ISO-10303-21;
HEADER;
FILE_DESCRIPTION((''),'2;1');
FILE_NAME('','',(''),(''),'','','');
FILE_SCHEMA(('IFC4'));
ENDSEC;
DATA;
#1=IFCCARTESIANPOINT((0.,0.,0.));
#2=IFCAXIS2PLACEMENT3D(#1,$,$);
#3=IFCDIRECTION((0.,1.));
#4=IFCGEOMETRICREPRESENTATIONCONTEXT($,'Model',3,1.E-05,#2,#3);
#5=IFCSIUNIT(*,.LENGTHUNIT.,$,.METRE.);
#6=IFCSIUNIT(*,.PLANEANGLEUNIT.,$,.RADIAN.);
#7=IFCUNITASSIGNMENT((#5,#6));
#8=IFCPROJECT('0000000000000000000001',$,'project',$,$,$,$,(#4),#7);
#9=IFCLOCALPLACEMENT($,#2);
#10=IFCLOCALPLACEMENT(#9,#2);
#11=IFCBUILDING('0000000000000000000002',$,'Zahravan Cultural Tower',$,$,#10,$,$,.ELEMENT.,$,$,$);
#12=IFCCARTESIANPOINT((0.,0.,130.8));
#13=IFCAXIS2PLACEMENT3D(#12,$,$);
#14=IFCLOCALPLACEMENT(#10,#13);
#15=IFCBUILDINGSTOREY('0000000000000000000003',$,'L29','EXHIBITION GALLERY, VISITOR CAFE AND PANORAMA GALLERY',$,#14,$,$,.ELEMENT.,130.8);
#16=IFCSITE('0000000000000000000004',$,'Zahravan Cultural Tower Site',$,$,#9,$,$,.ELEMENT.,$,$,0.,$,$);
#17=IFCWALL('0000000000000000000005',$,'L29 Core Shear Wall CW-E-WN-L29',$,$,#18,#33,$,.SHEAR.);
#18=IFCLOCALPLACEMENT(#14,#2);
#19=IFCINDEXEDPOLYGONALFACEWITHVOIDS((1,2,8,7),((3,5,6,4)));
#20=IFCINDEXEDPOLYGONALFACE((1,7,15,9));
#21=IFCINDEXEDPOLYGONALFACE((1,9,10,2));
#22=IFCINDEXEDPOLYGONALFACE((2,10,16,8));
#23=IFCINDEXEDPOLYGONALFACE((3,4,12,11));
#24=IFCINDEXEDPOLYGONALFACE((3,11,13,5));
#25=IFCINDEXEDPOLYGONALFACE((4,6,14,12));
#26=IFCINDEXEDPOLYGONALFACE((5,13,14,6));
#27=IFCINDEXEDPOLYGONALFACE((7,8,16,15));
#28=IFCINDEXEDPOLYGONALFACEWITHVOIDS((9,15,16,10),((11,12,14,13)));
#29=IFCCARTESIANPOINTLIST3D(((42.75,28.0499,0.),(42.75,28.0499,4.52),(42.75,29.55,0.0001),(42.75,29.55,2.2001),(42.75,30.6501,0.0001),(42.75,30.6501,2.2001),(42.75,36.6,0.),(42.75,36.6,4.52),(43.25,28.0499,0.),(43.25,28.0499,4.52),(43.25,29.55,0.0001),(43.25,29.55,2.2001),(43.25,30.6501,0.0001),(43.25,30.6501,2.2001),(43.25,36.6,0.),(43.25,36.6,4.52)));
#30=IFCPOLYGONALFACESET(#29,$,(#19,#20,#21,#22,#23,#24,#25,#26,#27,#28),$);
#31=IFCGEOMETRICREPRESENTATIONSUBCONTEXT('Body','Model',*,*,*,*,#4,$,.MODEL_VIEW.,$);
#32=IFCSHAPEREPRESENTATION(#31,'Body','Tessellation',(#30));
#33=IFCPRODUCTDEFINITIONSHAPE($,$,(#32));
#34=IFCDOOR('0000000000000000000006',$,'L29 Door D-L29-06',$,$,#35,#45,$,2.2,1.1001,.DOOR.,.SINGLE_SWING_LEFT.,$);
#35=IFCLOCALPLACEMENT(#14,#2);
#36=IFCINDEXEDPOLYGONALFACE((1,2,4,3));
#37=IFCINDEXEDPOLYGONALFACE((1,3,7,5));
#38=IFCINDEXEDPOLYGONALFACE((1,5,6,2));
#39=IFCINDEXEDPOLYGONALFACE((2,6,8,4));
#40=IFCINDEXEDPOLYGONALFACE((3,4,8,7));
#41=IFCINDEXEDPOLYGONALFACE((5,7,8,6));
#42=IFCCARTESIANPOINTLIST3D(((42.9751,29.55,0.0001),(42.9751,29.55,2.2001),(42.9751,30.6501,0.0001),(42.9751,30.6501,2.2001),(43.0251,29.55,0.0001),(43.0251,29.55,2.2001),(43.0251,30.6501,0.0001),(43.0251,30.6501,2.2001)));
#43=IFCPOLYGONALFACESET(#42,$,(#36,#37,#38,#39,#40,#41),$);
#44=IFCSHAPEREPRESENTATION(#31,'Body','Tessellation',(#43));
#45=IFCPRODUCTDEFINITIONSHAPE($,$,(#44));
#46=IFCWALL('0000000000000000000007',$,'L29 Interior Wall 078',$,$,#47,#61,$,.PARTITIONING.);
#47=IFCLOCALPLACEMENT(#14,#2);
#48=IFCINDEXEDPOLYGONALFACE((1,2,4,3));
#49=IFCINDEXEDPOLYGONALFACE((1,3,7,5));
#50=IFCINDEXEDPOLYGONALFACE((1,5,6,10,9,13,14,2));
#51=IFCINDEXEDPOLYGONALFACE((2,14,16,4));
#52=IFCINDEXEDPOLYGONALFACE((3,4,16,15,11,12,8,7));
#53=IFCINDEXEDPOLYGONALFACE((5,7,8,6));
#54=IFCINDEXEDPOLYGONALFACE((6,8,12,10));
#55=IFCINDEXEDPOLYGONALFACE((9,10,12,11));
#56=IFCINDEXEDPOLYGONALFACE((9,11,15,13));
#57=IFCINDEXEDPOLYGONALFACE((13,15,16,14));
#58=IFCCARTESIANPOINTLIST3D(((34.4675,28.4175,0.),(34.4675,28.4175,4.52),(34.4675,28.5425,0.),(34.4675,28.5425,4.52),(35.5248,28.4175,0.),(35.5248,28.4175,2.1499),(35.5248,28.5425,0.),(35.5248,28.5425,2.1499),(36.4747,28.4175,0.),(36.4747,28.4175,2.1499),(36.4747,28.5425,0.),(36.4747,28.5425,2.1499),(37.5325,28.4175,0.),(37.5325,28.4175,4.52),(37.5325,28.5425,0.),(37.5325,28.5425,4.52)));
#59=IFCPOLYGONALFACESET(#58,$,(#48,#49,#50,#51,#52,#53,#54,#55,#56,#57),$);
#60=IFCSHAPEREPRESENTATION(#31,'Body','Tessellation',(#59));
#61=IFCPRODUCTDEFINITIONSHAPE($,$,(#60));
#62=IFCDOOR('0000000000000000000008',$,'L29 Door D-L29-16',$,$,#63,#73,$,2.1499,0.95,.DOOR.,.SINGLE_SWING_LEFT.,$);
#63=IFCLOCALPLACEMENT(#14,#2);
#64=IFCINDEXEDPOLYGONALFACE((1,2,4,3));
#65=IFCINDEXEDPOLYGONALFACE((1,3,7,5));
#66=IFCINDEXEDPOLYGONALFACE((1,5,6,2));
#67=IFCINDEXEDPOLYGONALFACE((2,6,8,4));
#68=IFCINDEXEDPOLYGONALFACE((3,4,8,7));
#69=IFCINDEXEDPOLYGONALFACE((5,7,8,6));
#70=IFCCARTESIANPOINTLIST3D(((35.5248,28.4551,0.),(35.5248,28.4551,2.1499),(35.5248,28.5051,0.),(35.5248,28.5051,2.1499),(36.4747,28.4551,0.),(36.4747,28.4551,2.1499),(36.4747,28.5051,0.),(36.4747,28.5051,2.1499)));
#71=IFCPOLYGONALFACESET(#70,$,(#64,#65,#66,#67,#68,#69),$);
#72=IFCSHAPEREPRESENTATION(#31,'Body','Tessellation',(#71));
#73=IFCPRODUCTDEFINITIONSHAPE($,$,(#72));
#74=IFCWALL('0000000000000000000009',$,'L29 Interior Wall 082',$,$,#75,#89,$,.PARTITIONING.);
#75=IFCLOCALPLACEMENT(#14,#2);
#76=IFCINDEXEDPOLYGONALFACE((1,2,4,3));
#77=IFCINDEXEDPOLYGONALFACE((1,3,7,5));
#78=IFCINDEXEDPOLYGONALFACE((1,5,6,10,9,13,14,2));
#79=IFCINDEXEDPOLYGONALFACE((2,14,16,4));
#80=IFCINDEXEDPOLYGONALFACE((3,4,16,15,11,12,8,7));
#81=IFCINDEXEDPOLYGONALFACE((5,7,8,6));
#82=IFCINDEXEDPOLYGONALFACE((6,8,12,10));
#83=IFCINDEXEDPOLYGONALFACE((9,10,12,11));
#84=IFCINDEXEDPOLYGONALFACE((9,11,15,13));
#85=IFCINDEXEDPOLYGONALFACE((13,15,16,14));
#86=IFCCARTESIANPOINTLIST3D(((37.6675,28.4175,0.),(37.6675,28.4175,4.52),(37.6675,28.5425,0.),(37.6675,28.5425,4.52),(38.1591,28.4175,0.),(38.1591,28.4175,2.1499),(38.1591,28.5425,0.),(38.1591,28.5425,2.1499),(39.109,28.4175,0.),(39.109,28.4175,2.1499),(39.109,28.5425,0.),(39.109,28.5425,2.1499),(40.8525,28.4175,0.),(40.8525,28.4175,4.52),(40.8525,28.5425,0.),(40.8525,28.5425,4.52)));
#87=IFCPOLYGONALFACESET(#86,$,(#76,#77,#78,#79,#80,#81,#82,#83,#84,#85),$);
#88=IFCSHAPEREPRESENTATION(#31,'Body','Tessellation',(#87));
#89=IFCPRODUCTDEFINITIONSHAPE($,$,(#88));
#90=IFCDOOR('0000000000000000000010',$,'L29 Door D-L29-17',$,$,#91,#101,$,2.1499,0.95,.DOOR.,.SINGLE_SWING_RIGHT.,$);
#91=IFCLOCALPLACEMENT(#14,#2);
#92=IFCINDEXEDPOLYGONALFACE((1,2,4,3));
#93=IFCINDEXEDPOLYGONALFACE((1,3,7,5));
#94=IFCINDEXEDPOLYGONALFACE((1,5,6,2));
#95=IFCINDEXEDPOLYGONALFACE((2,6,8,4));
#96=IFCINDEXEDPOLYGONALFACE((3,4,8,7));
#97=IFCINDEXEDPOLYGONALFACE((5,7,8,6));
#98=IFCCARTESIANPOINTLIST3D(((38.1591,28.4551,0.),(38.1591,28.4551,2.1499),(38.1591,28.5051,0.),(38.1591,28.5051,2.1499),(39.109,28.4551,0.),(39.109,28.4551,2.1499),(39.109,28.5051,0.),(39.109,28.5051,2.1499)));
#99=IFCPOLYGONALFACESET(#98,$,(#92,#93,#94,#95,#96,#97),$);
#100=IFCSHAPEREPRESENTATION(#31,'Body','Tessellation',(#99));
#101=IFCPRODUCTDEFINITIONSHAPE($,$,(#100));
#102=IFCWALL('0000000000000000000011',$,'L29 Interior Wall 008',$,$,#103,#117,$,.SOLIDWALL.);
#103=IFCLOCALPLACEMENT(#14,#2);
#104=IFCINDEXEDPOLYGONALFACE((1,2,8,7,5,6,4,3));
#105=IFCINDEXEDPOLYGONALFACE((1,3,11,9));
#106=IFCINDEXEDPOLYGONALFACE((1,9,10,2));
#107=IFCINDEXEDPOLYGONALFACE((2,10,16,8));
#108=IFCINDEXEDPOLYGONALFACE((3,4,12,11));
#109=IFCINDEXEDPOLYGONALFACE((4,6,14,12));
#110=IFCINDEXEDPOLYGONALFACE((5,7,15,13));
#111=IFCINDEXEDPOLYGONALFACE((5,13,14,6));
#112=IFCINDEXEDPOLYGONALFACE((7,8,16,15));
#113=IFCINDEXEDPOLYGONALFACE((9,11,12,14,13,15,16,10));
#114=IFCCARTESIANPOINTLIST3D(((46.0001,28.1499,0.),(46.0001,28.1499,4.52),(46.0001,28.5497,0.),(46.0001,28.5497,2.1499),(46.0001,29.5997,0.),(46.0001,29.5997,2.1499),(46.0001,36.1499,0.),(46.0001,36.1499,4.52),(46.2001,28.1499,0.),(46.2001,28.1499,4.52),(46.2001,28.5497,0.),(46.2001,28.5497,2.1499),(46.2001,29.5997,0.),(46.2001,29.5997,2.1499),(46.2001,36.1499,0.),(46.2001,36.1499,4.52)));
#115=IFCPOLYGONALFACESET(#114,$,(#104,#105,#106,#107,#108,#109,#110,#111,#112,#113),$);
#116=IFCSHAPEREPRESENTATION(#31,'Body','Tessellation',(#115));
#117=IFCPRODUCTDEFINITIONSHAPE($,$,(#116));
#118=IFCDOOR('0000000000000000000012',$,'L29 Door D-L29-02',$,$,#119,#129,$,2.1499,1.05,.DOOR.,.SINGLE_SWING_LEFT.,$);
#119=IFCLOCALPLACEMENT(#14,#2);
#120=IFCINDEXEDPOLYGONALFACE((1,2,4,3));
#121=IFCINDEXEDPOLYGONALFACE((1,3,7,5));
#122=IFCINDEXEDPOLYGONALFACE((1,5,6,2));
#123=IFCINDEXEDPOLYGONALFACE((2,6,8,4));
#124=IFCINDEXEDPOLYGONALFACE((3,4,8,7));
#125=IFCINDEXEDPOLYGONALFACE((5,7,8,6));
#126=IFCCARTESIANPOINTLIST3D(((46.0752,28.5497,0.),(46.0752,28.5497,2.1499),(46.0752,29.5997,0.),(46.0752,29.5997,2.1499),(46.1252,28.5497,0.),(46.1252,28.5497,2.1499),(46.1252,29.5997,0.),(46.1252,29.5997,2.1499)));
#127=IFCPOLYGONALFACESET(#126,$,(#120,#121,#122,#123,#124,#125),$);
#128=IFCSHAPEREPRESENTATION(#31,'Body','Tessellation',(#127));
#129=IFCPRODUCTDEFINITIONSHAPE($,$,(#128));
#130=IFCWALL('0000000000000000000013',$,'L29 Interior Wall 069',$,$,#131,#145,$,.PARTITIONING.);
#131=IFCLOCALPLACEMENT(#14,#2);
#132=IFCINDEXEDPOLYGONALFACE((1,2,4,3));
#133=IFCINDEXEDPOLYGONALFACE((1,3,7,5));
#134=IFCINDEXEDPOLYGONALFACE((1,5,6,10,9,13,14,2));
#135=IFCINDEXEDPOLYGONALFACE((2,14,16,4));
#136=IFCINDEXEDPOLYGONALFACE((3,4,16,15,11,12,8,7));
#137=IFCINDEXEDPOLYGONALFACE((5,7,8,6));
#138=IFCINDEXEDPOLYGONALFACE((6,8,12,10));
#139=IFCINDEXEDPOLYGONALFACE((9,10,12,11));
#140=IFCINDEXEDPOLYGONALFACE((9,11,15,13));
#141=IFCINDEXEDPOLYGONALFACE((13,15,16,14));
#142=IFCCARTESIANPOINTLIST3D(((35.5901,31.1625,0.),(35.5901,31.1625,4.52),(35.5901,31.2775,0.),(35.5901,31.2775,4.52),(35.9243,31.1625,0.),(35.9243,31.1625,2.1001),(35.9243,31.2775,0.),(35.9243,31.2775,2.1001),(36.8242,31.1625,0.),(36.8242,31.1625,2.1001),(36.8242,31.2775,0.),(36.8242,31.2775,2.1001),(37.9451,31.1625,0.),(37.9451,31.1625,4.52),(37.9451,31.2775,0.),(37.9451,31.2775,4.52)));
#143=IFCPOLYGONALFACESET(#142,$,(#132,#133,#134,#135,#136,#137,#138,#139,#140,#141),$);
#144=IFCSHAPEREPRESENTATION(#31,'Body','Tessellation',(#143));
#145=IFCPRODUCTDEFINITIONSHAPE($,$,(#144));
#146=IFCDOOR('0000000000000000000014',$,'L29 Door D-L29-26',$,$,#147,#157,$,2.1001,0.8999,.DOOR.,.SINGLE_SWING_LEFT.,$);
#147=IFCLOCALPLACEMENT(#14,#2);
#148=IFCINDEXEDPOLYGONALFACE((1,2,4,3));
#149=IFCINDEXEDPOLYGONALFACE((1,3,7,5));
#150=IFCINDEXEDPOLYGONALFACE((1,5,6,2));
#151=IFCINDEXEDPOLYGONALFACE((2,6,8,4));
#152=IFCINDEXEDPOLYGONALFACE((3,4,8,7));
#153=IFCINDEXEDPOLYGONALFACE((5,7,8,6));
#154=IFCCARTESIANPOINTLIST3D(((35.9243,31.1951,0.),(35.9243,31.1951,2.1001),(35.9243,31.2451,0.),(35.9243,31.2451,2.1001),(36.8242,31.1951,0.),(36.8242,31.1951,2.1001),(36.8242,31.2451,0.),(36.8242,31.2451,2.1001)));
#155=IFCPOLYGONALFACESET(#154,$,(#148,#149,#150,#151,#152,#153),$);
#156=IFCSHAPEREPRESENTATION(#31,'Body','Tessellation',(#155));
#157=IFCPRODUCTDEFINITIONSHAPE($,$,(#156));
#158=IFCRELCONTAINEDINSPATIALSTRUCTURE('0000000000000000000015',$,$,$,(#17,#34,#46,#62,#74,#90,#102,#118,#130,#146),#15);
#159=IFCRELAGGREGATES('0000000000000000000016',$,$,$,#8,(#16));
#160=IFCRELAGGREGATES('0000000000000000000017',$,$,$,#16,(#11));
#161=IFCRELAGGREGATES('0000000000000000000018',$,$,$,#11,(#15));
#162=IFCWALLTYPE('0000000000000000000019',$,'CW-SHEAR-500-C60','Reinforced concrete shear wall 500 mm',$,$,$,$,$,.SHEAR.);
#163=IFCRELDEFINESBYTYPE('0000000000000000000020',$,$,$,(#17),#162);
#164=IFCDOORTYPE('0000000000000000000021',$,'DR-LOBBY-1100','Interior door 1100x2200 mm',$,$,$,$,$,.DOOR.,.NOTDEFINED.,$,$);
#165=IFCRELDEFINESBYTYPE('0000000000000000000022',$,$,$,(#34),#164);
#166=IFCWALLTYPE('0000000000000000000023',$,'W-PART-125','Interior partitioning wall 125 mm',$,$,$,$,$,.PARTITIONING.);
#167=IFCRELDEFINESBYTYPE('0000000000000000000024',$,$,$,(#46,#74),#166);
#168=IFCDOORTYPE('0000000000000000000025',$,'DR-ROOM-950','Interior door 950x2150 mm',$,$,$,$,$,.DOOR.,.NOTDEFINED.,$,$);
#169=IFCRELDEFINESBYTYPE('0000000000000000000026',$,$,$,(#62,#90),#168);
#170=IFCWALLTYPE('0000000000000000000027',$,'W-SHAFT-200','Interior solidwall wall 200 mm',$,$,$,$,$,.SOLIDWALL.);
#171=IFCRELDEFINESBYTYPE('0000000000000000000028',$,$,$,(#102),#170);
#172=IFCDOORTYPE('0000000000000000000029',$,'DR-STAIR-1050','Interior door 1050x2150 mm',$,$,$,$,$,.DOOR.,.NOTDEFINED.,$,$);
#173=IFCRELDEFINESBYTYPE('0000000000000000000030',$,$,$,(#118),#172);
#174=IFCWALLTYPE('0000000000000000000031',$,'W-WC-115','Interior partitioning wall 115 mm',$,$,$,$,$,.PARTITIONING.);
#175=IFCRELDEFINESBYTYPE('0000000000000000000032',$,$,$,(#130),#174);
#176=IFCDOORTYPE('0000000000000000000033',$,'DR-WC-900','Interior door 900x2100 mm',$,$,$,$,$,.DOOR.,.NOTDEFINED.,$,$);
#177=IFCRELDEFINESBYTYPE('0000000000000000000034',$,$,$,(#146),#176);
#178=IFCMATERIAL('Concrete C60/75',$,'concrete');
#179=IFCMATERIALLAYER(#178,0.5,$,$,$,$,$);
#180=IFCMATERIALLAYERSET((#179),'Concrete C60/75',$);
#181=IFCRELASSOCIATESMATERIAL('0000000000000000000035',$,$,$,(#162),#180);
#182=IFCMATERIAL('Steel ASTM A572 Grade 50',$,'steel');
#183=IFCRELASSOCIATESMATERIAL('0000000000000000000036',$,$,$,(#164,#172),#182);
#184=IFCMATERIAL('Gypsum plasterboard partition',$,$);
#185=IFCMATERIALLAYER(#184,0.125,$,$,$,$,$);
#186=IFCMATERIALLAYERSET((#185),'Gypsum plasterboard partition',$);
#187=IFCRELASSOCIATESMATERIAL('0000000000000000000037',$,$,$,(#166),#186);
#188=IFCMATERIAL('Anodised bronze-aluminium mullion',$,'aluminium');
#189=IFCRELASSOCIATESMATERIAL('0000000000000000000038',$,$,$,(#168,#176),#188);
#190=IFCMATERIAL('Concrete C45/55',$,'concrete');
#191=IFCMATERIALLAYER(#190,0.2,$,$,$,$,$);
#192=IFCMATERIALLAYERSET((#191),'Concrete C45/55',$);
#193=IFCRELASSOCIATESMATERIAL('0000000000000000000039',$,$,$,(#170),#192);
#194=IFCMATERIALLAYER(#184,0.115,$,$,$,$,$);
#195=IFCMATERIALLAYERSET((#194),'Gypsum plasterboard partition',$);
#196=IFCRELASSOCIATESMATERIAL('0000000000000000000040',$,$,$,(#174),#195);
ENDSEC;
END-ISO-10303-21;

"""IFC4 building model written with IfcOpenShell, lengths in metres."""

from ifc_helpers import new_model, si_unit, direction, frame, frame_2d, origin, place, context, subcontext, project, spatial, rectangle, extrude, source, transform, mapped, material, layer, layer_set, type_object, element, fill, save


model = new_model("IFC4")

# Units and contexts
model_context = context("Model", 3, precision=1e-05, world=origin(), true_north=direction((0.0, 1.0)))
body_context = subcontext(model_context, "Body", "Model", "MODEL_VIEW")
ifc_project = project(units=[si_unit("LENGTHUNIT", "METRE"), si_unit("PLANEANGLEUNIT", "RADIAN")], contexts=[model_context])

# Site, building, storey
site_placement = place(None, origin())
site = spatial("IfcSite", under=ifc_project, at=site_placement, Name="Zahravan Cultural Tower Site", CompositionType="ELEMENT", RefElevation=0.0)
building_placement = place(site_placement, origin())
building = spatial("IfcBuilding", under=site, at=building_placement, Name="Zahravan Cultural Tower", CompositionType="ELEMENT")
storey_placement = place(building_placement, frame((0.0, 0.0, 130.8)))
storey = spatial("IfcBuildingStorey", under=building, at=storey_placement, Name="L29", Description="EXHIBITION GALLERY, VISITOR CAFE AND PANORAMA GALLERY", CompositionType="ELEMENT", Elevation=130.8)

# Walls, openings, doors
ifc_material_1 = material(Name="Concrete C60/75", Category="concrete")
ifc_layer_1 = layer(ifc_material_1, 0.5)
ifc_layer_set_1 = layer_set([ifc_layer_1], Name="Concrete C60/75")
wall_type_1 = type_object("IfcWallType", Name="CW-SHEAR-500-C60", Description="Reinforced concrete shear wall 500 mm", PredefinedType="SHEAR", material=ifc_layer_set_1)
wall_1_placement = place(storey_placement, frame((43.0, 28.05, 0.0), z_axis=(0.0, 0.0, 1.0), x_axis=(0.0, 1.0, 0.0)))
wall_1 = element("IfcWall", 1, at=wall_1_placement, inside=storey, type_object=wall_type_1, Name="L29 Core Shear Wall CW-E-WN-L29", PredefinedType="SHEAR", context=body_context, shape_type="SweptSolid", body=[
    extrude(rectangle(XDim=8.55, YDim=0.5, at=frame_2d((4.2749, 0.0))), origin(), (0.0, 0.0, 1.0), 4.52),
])
opening_1_placement = place(wall_1_placement, frame((1.5, 0.0, 0.0)))
opening_1 = element("IfcOpeningElement", 2, at=opening_1_placement, cuts=wall_1, PredefinedType="OPENING", context=body_context, shape_type="SweptSolid", body=[
    extrude(rectangle(XDim=1.1001, YDim=2.2, at=frame_2d((0.55, 1.1001))), frame((0.0, 0.26, 0.0), z_axis=(0.0, -1.0, 0.0), x_axis=(1.0, 0.0, 0.0)), (0.0, 0.0, 1.0), 0.52),
])
ifc_material_2 = material(Name="Steel ASTM A572 Grade 50", Category="steel")
door_type_1 = type_object("IfcDoorType", Name="DR-LOBBY-1100", Description="Interior door 1100x2200 mm", OperationType="NOTDEFINED", PredefinedType="DOOR", material=ifc_material_2)
shared_shape_1 = source(origin(), body_context, "Body", "SweptSolid", [
    extrude(rectangle(XDim=1.1001, YDim=2.2, at=frame_2d((0.55, 1.1001))), frame((0.0, 0.0249, 0.0), z_axis=(0.0, -1.0, 0.0), x_axis=(1.0, 0.0, 0.0)), (0.0, 0.0, 1.0), 0.05),
])
door_1_placement = place(opening_1_placement, origin())
door_1 = element("IfcDoor", 3, at=door_1_placement, inside=storey, type_object=door_type_1, Name="L29 Door D-L29-06", OperationType="SINGLE_SWING_LEFT", OverallHeight=2.2, OverallWidth=1.1001, PredefinedType="DOOR", context=body_context, shape_type="MappedRepresentation", body=[
    mapped(shared_shape_1, transform((0.0, 0.0, 0.0), x_axis=(1.0, 0.0, 0.0), y_axis=(0.0, 1.0, 0.0), z_axis=(0.0, 0.0, 1.0), scale=1.0)),
])
fill(opening_1, door_1)
ifc_material_3 = material(Name="Gypsum plasterboard partition")
ifc_layer_2 = layer(ifc_material_3, 0.125)
ifc_layer_set_2 = layer_set([ifc_layer_2], Name="Gypsum plasterboard partition")
wall_type_2 = type_object("IfcWallType", Name="W-PART-125", Description="Interior partitioning wall 125 mm", PredefinedType="PARTITIONING", material=ifc_layer_set_2)
wall_2_placement = place(storey_placement, frame((37.5325, 28.48, 0.0), z_axis=(0.0, 0.0, 1.0), x_axis=(-1.0, 0.0, 0.0)))
wall_2 = element("IfcWall", 4, at=wall_2_placement, inside=storey, type_object=wall_type_2, Name="L29 Interior Wall 078", PredefinedType="PARTITIONING", context=body_context, shape_type="SweptSolid", body=[
    extrude(rectangle(XDim=3.0649, YDim=0.125, at=frame_2d((1.5325, 0.0))), origin(), (0.0, 0.0, 1.0), 4.52),
])
opening_2_placement = place(wall_2_placement, frame((1.0576, 0.0, 0.0)))
opening_2 = element("IfcOpeningElement", 5, at=opening_2_placement, cuts=wall_2, PredefinedType="OPENING", context=body_context, shape_type="SweptSolid", body=[
    extrude(rectangle(XDim=0.95, YDim=2.1499, at=frame_2d((0.4751, 1.075))), frame((0.0, 0.0725, 0.0), z_axis=(0.0, -1.0, 0.0), x_axis=(1.0, 0.0, 0.0)), (0.0, 0.0, 1.0), 0.145),
])
ifc_material_4 = material(Name="Anodised bronze-aluminium mullion", Category="aluminium")
door_type_2 = type_object("IfcDoorType", Name="DR-ROOM-950", Description="Interior door 950x2150 mm", OperationType="NOTDEFINED", PredefinedType="DOOR", material=ifc_material_4)
shared_shape_2 = source(origin(), body_context, "Body", "SweptSolid", [
    extrude(rectangle(XDim=0.95, YDim=2.1499, at=frame_2d((0.4751, 1.075))), frame((0.0, 0.0249, 0.0), z_axis=(0.0, -1.0, 0.0), x_axis=(1.0, 0.0, 0.0)), (0.0, 0.0, 1.0), 0.05),
])
door_2_placement = place(opening_2_placement, origin())
door_2 = element("IfcDoor", 6, at=door_2_placement, inside=storey, type_object=door_type_2, Name="L29 Door D-L29-16", OperationType="SINGLE_SWING_LEFT", OverallHeight=2.1499, OverallWidth=0.95, PredefinedType="DOOR", context=body_context, shape_type="MappedRepresentation", body=[
    mapped(shared_shape_2, transform((0.0, 0.0, 0.0), x_axis=(1.0, 0.0, 0.0), y_axis=(0.0, 1.0, 0.0), z_axis=(0.0, 0.0, 1.0), scale=1.0)),
])
fill(opening_2, door_2)
wall_3_placement = place(storey_placement, frame((40.8525, 28.48, 0.0), z_axis=(0.0, 0.0, 1.0), x_axis=(-1.0, 0.0, 0.0)))
wall_3 = element("IfcWall", 7, at=wall_3_placement, inside=storey, type_object=wall_type_2, Name="L29 Interior Wall 082", PredefinedType="PARTITIONING", context=body_context, shape_type="SweptSolid", body=[
    extrude(rectangle(XDim=3.1851, YDim=0.125, at=frame_2d((1.5925, 0.0))), origin(), (0.0, 0.0, 1.0), 4.52),
])
opening_3_placement = place(wall_3_placement, frame((1.7434, 0.0, 0.0)))
opening_3 = element("IfcOpeningElement", 8, at=opening_3_placement, cuts=wall_3, PredefinedType="OPENING", context=body_context, shape_type="SweptSolid", body=[
    extrude(rectangle(XDim=0.95, YDim=2.1499, at=frame_2d((0.4751, 1.075))), frame((0.0, 0.0725, 0.0), z_axis=(0.0, -1.0, 0.0), x_axis=(1.0, 0.0, 0.0)), (0.0, 0.0, 1.0), 0.145),
])
door_3_placement = place(opening_3_placement, origin())
door_3 = element("IfcDoor", 9, at=door_3_placement, inside=storey, type_object=door_type_2, Name="L29 Door D-L29-17", OperationType="SINGLE_SWING_RIGHT", OverallHeight=2.1499, OverallWidth=0.95, PredefinedType="DOOR", context=body_context, shape_type="MappedRepresentation", body=[
    mapped(shared_shape_2, transform((0.0, 0.0, 0.0), x_axis=(1.0, 0.0, 0.0), y_axis=(0.0, 1.0, 0.0), z_axis=(0.0, 0.0, 1.0), scale=1.0)),
])
fill(opening_3, door_3)
ifc_material_5 = material(Name="Concrete C45/55", Category="concrete")
ifc_layer_3 = layer(ifc_material_5, 0.2)
ifc_layer_set_3 = layer_set([ifc_layer_3], Name="Concrete C45/55")
wall_type_3 = type_object("IfcWallType", Name="W-SHAFT-200", Description="Interior solidwall wall 200 mm", PredefinedType="SOLIDWALL", material=ifc_layer_set_3)
wall_4_placement = place(storey_placement, frame((46.1001, 28.1499, 0.0), z_axis=(0.0, 0.0, 1.0), x_axis=(0.0, 1.0, 0.0)))
wall_4 = element("IfcWall", 10, at=wall_4_placement, inside=storey, type_object=wall_type_3, Name="L29 Interior Wall 008", PredefinedType="SOLIDWALL", context=body_context, shape_type="SweptSolid", body=[
    extrude(rectangle(XDim=8.0, YDim=0.2, at=frame_2d((4.0, 0.0))), origin(), (0.0, 0.0, 1.0), 4.52),
])
opening_4_placement = place(wall_4_placement, frame((0.3999, 0.0, 0.0)))
opening_4 = element("IfcOpeningElement", 11, at=opening_4_placement, cuts=wall_4, PredefinedType="OPENING", context=body_context, shape_type="SweptSolid", body=[
    extrude(rectangle(XDim=1.05, YDim=2.1499, at=frame_2d((0.5249, 1.075))), frame((0.0, 0.1099, 0.0), z_axis=(0.0, -1.0, 0.0), x_axis=(1.0, 0.0, 0.0)), (0.0, 0.0, 1.0), 0.22),
])
door_type_3 = type_object("IfcDoorType", Name="DR-STAIR-1050", Description="Interior door 1050x2150 mm", OperationType="NOTDEFINED", PredefinedType="DOOR", material=ifc_material_2)
shared_shape_3 = source(origin(), body_context, "Body", "SweptSolid", [
    extrude(rectangle(XDim=1.05, YDim=2.1499, at=frame_2d((0.5249, 1.075))), frame((0.0, 0.0249, 0.0), z_axis=(0.0, -1.0, 0.0), x_axis=(1.0, 0.0, 0.0)), (0.0, 0.0, 1.0), 0.05),
])
door_4_placement = place(opening_4_placement, origin())
door_4 = element("IfcDoor", 12, at=door_4_placement, inside=storey, type_object=door_type_3, Name="L29 Door D-L29-02", OperationType="SINGLE_SWING_LEFT", OverallHeight=2.1499, OverallWidth=1.05, PredefinedType="DOOR", context=body_context, shape_type="MappedRepresentation", body=[
    mapped(shared_shape_3, transform((0.0, 0.0, 0.0), x_axis=(1.0, 0.0, 0.0), y_axis=(0.0, 1.0, 0.0), z_axis=(0.0, 0.0, 1.0), scale=1.0)),
])
fill(opening_4, door_4)
ifc_layer_4 = layer(ifc_material_3, 0.115)
ifc_layer_set_4 = layer_set([ifc_layer_4], Name="Gypsum plasterboard partition")
wall_type_4 = type_object("IfcWallType", Name="W-WC-115", Description="Interior partitioning wall 115 mm", PredefinedType="PARTITIONING", material=ifc_layer_set_4)
wall_5_placement = place(storey_placement, frame((37.9451, 31.22, 0.0), z_axis=(0.0, 0.0, 1.0), x_axis=(-1.0, 0.0, 0.0)))
wall_5 = element("IfcWall", 13, at=wall_5_placement, inside=storey, type_object=wall_type_4, Name="L29 Interior Wall 069", PredefinedType="PARTITIONING", context=body_context, shape_type="SweptSolid", body=[
    extrude(rectangle(XDim=2.355, YDim=0.115, at=frame_2d((1.1775, 0.0))), origin(), (0.0, 0.0, 1.0), 4.52),
])
opening_5_placement = place(wall_5_placement, frame((1.1208, 0.0, 0.0)))
opening_5 = element("IfcOpeningElement", 14, at=opening_5_placement, cuts=wall_5, PredefinedType="OPENING", context=body_context, shape_type="SweptSolid", body=[
    extrude(rectangle(XDim=0.8999, YDim=2.1001, at=frame_2d((0.45, 1.05))), frame((0.0, 0.0674, 0.0), z_axis=(0.0, -1.0, 0.0), x_axis=(1.0, 0.0, 0.0)), (0.0, 0.0, 1.0), 0.135),
])
door_type_4 = type_object("IfcDoorType", Name="DR-WC-900", Description="Interior door 900x2100 mm", OperationType="NOTDEFINED", PredefinedType="DOOR", material=ifc_material_4)
shared_shape_4 = source(origin(), body_context, "Body", "SweptSolid", [
    extrude(rectangle(XDim=0.8999, YDim=2.1001, at=frame_2d((0.45, 1.05))), frame((0.0, 0.0249, 0.0), z_axis=(0.0, -1.0, 0.0), x_axis=(1.0, 0.0, 0.0)), (0.0, 0.0, 1.0), 0.05),
])
door_5_placement = place(opening_5_placement, origin())
door_5 = element("IfcDoor", 15, at=door_5_placement, inside=storey, type_object=door_type_4, Name="L29 Door D-L29-26", OperationType="SINGLE_SWING_LEFT", OverallHeight=2.1001, OverallWidth=0.8999, PredefinedType="DOOR", context=body_context, shape_type="MappedRepresentation", body=[
    mapped(shared_shape_4, transform((0.0, 0.0, 0.0), x_axis=(1.0, 0.0, 0.0), y_axis=(0.0, 1.0, 0.0), z_axis=(0.0, 0.0, 1.0), scale=1.0)),
])
fill(opening_5, door_5)

save(model, "model.ifc")
